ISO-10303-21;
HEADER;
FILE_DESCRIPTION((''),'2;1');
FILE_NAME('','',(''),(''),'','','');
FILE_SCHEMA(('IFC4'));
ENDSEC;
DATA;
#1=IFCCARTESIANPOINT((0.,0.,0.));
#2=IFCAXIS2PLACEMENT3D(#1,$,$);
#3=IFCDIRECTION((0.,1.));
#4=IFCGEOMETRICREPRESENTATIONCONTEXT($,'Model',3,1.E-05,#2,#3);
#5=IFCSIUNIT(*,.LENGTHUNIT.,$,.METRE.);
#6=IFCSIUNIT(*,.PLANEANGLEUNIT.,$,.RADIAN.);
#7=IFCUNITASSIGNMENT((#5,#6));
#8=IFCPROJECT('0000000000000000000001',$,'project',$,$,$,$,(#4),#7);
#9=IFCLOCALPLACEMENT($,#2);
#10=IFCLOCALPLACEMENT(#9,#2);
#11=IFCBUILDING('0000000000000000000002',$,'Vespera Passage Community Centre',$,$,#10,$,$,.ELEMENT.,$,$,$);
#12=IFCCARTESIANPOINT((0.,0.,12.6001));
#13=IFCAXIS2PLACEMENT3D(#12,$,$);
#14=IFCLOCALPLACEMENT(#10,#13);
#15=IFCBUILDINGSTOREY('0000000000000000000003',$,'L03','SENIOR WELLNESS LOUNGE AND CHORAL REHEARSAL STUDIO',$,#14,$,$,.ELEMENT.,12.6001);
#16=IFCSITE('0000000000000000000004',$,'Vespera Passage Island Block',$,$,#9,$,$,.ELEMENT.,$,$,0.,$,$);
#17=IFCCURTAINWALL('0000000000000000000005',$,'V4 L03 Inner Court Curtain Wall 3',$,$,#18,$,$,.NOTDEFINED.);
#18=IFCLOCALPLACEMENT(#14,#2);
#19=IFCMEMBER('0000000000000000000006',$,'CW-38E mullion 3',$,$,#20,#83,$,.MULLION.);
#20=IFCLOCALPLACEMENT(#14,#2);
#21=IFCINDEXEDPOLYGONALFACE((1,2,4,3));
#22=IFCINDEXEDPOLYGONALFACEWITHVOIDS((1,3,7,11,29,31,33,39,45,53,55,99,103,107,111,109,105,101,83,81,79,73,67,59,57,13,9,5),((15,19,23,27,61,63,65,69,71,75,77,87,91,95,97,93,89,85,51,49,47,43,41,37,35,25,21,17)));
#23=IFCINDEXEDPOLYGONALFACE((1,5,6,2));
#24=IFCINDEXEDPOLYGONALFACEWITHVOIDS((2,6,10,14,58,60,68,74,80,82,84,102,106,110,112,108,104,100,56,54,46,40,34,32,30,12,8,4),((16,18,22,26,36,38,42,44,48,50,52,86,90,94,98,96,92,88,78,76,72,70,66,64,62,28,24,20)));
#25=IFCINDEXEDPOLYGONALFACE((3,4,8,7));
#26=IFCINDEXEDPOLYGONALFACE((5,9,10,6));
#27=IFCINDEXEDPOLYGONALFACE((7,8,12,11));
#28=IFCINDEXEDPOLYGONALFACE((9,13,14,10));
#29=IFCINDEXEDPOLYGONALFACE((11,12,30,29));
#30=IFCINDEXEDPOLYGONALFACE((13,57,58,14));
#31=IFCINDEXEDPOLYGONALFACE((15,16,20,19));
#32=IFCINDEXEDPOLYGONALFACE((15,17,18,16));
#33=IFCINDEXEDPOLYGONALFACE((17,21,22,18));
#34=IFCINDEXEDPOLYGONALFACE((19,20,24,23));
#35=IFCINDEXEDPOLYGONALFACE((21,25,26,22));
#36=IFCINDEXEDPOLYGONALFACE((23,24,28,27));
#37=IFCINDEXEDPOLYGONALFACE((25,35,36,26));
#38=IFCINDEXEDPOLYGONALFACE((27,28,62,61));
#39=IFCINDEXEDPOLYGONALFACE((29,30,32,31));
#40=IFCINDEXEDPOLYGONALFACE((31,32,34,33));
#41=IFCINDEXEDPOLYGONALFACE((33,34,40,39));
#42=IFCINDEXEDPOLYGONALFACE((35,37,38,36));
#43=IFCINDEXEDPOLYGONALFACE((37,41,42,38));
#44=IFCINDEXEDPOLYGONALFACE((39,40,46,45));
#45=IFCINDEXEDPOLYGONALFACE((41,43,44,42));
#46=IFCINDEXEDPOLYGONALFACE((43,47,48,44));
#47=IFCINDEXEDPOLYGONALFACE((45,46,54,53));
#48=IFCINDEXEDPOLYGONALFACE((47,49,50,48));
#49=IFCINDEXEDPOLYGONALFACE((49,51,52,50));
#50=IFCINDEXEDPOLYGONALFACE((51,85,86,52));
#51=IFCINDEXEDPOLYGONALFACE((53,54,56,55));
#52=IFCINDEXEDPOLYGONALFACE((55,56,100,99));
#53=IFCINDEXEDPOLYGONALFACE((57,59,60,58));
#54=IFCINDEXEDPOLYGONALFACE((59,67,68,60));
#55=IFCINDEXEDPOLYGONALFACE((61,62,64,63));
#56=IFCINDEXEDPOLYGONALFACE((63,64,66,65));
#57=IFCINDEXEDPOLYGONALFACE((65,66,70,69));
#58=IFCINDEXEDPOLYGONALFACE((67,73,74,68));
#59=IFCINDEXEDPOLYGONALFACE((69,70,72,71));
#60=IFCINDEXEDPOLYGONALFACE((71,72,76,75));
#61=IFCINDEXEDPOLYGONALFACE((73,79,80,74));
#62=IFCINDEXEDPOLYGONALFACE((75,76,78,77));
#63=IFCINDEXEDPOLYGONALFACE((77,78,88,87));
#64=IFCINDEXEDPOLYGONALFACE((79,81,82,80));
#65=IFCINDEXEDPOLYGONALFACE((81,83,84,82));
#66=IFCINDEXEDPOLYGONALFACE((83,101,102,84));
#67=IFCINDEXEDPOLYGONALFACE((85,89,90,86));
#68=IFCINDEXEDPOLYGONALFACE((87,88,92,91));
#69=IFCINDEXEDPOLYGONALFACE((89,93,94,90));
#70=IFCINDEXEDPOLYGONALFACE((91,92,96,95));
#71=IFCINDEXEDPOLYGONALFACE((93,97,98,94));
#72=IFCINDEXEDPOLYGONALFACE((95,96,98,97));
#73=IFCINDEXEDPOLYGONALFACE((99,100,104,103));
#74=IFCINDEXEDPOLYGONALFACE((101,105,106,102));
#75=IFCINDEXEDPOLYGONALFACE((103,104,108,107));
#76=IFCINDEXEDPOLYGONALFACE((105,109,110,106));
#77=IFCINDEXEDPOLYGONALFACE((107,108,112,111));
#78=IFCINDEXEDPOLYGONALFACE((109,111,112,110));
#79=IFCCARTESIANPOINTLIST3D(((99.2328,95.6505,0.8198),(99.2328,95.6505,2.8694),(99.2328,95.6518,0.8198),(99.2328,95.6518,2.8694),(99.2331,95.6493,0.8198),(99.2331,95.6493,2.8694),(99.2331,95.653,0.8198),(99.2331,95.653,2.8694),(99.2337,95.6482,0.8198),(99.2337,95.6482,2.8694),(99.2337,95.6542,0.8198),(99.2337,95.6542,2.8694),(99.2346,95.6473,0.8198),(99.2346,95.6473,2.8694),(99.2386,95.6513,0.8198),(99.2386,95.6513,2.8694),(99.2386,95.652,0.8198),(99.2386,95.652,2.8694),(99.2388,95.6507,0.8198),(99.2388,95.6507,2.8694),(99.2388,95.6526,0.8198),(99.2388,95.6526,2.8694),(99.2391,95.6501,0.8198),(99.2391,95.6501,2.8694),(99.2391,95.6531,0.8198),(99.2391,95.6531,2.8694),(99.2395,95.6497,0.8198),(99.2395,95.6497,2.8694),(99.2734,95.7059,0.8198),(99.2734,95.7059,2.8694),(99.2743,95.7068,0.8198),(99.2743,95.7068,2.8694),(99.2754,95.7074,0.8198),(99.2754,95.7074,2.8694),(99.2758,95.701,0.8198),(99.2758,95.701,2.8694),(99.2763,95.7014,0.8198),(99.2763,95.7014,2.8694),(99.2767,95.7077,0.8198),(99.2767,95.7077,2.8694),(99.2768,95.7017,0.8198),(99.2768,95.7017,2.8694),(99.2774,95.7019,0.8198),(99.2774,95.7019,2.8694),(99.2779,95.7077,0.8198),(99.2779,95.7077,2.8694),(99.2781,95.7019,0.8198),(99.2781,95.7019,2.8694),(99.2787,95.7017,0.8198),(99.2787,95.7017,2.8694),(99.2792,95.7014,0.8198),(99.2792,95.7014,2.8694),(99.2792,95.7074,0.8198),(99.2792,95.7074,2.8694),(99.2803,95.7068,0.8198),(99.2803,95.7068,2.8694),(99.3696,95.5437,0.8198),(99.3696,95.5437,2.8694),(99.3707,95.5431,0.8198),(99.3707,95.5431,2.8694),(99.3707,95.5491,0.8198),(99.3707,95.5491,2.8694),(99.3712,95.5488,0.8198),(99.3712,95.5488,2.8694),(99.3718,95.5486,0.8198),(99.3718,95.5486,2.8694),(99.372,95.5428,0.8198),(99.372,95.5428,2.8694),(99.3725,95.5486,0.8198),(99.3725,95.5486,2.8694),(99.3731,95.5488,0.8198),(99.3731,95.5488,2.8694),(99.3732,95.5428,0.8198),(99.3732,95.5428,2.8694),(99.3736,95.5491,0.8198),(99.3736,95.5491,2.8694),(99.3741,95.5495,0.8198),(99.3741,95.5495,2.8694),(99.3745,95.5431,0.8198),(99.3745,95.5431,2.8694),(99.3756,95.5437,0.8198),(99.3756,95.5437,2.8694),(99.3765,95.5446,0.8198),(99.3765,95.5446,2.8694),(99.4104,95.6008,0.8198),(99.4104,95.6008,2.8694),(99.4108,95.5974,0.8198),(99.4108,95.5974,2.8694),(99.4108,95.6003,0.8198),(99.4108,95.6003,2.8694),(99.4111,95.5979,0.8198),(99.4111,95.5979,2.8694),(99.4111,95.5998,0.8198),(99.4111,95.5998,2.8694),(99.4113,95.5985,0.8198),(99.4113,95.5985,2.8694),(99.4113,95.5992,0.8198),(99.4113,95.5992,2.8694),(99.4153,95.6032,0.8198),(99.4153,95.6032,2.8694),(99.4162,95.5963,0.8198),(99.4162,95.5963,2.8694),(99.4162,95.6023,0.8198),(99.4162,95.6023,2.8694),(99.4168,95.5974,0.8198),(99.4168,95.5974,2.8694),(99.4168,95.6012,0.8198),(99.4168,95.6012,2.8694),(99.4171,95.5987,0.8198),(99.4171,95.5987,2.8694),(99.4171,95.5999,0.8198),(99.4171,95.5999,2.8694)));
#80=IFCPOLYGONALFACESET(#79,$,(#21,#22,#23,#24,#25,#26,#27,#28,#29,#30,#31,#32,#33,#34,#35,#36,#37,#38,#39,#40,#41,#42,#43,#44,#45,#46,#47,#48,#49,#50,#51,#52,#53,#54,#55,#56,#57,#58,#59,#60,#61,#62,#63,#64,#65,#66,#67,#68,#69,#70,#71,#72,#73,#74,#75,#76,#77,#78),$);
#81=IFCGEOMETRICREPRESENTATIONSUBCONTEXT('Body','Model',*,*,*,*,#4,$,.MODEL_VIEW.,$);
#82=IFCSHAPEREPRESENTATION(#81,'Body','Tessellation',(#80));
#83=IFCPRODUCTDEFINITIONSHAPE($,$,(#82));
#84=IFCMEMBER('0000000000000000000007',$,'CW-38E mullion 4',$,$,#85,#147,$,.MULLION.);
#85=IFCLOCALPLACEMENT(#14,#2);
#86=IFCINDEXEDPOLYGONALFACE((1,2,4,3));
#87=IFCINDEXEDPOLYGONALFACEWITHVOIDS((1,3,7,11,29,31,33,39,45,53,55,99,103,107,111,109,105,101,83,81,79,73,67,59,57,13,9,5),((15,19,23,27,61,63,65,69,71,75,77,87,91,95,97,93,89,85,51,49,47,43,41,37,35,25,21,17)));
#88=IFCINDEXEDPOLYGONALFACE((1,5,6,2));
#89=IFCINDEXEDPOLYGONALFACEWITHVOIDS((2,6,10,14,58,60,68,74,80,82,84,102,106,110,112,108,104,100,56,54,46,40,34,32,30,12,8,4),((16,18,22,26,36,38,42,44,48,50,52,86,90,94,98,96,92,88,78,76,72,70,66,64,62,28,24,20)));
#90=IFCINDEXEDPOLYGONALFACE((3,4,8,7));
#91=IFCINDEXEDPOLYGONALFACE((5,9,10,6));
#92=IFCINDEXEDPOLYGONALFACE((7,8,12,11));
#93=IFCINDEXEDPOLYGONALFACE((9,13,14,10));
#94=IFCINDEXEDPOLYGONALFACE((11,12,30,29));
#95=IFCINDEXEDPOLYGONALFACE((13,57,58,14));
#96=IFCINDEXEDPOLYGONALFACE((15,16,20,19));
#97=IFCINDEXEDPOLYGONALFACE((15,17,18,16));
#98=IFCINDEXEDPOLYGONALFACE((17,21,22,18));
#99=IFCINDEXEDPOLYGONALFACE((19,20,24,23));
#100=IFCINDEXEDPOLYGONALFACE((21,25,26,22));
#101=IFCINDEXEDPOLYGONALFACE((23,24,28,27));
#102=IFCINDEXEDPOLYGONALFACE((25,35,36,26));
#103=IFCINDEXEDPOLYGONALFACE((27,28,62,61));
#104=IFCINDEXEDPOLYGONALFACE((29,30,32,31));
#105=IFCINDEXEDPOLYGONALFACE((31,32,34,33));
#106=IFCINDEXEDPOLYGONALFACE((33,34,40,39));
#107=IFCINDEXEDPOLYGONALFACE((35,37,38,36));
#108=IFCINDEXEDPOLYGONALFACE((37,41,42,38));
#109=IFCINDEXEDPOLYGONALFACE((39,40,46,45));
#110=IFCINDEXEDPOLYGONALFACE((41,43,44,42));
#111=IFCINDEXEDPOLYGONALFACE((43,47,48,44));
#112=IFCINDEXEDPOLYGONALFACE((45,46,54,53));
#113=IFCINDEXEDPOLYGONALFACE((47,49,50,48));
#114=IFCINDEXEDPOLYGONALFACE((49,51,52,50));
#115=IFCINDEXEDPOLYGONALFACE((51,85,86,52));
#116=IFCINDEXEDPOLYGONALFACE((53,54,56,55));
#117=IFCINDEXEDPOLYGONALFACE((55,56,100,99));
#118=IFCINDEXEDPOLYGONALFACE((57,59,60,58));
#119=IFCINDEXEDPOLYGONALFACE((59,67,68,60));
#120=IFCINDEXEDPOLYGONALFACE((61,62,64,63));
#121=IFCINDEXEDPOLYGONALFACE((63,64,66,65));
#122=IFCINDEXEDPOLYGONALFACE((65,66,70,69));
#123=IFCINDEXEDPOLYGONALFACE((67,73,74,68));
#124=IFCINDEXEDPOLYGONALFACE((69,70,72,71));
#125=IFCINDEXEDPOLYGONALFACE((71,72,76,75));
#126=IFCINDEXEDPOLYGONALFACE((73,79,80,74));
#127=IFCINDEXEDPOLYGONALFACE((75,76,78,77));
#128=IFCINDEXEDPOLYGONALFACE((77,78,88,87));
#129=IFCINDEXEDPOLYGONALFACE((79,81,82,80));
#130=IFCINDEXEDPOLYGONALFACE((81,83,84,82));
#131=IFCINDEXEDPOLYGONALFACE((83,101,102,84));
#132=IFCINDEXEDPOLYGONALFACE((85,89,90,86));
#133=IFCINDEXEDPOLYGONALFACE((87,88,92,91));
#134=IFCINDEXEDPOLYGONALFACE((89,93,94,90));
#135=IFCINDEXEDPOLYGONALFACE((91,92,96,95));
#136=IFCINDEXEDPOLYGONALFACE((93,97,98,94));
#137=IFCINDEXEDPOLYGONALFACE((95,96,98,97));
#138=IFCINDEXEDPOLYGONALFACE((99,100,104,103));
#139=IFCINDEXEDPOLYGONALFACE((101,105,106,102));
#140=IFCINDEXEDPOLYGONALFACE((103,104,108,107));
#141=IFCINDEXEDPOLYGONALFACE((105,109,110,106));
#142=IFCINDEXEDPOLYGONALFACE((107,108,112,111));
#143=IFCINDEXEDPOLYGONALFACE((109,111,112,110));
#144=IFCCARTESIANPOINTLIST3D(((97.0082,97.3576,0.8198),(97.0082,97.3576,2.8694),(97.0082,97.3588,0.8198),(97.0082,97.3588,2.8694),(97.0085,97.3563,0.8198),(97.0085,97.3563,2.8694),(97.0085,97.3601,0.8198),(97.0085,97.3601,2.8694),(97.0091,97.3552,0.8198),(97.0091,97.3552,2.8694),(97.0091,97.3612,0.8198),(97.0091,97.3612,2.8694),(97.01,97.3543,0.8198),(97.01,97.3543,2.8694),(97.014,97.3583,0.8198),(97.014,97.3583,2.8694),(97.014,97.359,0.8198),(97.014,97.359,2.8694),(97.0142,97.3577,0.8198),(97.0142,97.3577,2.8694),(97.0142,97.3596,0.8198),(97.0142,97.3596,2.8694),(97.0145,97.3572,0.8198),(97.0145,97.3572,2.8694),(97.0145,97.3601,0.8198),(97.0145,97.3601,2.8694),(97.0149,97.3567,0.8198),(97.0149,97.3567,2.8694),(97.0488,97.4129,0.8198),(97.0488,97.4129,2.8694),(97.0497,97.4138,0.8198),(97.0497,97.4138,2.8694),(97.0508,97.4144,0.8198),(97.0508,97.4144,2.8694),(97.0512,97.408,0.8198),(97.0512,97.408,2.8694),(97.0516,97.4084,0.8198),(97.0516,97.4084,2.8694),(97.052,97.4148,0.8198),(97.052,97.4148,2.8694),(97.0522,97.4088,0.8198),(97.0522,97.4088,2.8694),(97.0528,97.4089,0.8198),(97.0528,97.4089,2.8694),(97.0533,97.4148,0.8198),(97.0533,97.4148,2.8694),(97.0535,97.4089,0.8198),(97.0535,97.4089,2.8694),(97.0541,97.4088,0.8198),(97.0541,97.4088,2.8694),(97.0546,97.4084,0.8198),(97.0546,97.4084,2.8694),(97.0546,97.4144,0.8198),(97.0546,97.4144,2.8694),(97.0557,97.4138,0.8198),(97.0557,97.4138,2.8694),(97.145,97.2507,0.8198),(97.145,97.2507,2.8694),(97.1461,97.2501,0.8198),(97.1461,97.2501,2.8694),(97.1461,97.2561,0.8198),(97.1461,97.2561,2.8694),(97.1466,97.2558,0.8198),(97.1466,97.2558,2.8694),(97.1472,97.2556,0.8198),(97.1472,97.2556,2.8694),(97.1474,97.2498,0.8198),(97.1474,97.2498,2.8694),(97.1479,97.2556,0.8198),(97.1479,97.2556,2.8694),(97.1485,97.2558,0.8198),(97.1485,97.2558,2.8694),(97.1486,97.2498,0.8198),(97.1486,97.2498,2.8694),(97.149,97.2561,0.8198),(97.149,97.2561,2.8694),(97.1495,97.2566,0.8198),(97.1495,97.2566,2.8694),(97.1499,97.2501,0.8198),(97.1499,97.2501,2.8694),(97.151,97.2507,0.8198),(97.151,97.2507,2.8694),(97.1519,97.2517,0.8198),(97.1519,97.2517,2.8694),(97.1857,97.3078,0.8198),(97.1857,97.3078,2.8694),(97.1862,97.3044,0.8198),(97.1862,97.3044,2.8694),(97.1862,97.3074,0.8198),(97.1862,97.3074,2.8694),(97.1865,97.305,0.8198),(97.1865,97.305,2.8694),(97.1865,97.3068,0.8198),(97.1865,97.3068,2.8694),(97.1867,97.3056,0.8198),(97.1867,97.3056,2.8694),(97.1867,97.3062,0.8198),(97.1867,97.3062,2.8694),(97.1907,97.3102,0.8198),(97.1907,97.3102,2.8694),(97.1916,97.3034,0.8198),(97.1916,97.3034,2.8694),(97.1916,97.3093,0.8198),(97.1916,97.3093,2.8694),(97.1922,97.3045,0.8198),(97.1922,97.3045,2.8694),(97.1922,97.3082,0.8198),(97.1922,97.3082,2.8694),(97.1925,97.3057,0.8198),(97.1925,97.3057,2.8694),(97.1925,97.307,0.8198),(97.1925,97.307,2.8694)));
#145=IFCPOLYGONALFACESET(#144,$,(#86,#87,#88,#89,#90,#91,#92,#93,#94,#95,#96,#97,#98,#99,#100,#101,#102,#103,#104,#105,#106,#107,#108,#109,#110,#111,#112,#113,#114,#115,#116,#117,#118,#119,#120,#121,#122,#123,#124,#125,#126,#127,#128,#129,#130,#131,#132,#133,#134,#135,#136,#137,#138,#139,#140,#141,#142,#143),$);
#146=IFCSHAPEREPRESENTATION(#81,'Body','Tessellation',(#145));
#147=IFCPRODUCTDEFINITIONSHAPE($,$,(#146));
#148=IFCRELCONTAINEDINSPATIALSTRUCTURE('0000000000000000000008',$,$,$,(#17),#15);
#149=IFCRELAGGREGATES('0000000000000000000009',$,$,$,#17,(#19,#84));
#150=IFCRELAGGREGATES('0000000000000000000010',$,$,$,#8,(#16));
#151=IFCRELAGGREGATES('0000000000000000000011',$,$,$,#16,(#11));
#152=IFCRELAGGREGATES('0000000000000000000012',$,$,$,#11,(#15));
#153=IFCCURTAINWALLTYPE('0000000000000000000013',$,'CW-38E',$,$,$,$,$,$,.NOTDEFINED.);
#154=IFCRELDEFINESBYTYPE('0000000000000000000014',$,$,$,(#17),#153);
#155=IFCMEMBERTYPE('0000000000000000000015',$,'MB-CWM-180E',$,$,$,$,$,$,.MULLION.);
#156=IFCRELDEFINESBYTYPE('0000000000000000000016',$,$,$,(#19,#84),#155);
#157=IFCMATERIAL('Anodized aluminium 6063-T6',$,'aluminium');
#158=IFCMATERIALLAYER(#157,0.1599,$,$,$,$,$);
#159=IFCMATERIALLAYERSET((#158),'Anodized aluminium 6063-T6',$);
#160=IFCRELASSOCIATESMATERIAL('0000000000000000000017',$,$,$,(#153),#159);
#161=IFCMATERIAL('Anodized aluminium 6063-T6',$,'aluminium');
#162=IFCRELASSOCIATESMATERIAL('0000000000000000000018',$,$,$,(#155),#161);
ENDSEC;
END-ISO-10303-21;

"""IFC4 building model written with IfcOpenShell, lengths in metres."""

from ifc_helpers import new_model, si_unit, direction, frame, origin, origin_2d, place, context, subcontext, project, spatial, hollow_rectangle, extrude, material, layer, layer_set, material_profile, profile_set, type_object, element, aggregate, save


model = new_model("IFC4")

# Units and contexts
model_context = context("Model", 3, precision=1e-05, world=origin(), true_north=direction((0.0, 1.0)))
body_context = subcontext(model_context, "Body", "Model", "MODEL_VIEW")
ifc_project = project(units=[si_unit("LENGTHUNIT", "METRE"), si_unit("PLANEANGLEUNIT", "RADIAN")], contexts=[model_context])

# Site, building, storey
site_placement = place(None, origin())
site = spatial("IfcSite", under=ifc_project, at=site_placement, Name="Vespera Passage Island Block", CompositionType="ELEMENT", RefElevation=0.0)
building_placement = place(site_placement, origin())
building = spatial("IfcBuilding", under=site, at=building_placement, Name="Vespera Passage Community Centre", CompositionType="ELEMENT")
storey_placement = place(building_placement, frame((0.0, 0.0, 12.6001)))
storey = spatial("IfcBuildingStorey", under=building, at=storey_placement, Name="L03", Description="SENIOR WELLNESS LOUNGE AND CHORAL REHEARSAL STUDIO", CompositionType="ELEMENT", Elevation=12.6001)

# Curtain wall, members
ifc_material_1 = material(Name="Anodized aluminium 6063-T6", Category="aluminium")
ifc_layer_1 = layer(ifc_material_1, 0.1599)
ifc_layer_set_1 = layer_set([ifc_layer_1], Name="Anodized aluminium 6063-T6")
curtain_wall_type = type_object("IfcCurtainWallType", Name="CW-38E", PredefinedType="NOTDEFINED", material=ifc_layer_set_1)
curtain_wall_placement = place(storey_placement, origin())
curtain_wall = element("IfcCurtainWall", 1, at=curtain_wall_placement, inside=storey, type_object=curtain_wall_type, Name="V4 L03 Inner Court Curtain Wall 3", PredefinedType="NOTDEFINED")
ifc_material_2 = material(Name="Anodized aluminium 6063-T6", Category="aluminium")
ifc_material_profile_1 = material_profile(ifc_material_2, hollow_rectangle(XDim=0.075, YDim=0.1799, WallThickness=0.0049, InnerFilletRadius=0.0024, OuterFilletRadius=0.0049, at=origin_2d()), Name="ALU180X75X5")
ifc_profile_set_1 = profile_set([ifc_material_profile_1], Name="Anodized aluminium 6063-T6")
member_type_1 = type_object("IfcMemberType", Name="MB-CWM-180E", PredefinedType="MULLION", material=ifc_profile_set_1)
member_1_placement = place(storey_placement, frame((99.325, 95.6252, 0.8198), z_axis=(0.0, 0.0, 1.0), x_axis=(-0.608755, -0.793358, 0.0)))
member_1 = element("IfcMember", 2, at=member_1_placement, type_object=member_type_1, Name="CW-38E mullion 3", PredefinedType="MULLION", context=body_context, shape_type="SweptSolid", body=[
    extrude(hollow_rectangle(XDim=0.075, YDim=0.1799, WallThickness=0.0049, InnerFilletRadius=0.0024, OuterFilletRadius=0.0049, at=origin_2d()), origin(), (0.0, 0.0, 1.0), 2.0496),
])
member_2_placement = place(storey_placement, frame((97.1003, 97.3323, 0.8198), z_axis=(0.0, 0.0, 1.0), x_axis=(-0.608755, -0.793358, 0.0)))
member_2 = element("IfcMember", 3, at=member_2_placement, type_object=member_type_1, Name="CW-38E mullion 4", PredefinedType="MULLION", context=body_context, shape_type="SweptSolid", body=[
    extrude(hollow_rectangle(XDim=0.075, YDim=0.1799, WallThickness=0.0049, InnerFilletRadius=0.0024, OuterFilletRadius=0.0049, at=origin_2d()), origin(), (0.0, 0.0, 1.0), 2.0496),
])
aggregate(curtain_wall, [member_1, member_2])

save(model, "model.ifc")
